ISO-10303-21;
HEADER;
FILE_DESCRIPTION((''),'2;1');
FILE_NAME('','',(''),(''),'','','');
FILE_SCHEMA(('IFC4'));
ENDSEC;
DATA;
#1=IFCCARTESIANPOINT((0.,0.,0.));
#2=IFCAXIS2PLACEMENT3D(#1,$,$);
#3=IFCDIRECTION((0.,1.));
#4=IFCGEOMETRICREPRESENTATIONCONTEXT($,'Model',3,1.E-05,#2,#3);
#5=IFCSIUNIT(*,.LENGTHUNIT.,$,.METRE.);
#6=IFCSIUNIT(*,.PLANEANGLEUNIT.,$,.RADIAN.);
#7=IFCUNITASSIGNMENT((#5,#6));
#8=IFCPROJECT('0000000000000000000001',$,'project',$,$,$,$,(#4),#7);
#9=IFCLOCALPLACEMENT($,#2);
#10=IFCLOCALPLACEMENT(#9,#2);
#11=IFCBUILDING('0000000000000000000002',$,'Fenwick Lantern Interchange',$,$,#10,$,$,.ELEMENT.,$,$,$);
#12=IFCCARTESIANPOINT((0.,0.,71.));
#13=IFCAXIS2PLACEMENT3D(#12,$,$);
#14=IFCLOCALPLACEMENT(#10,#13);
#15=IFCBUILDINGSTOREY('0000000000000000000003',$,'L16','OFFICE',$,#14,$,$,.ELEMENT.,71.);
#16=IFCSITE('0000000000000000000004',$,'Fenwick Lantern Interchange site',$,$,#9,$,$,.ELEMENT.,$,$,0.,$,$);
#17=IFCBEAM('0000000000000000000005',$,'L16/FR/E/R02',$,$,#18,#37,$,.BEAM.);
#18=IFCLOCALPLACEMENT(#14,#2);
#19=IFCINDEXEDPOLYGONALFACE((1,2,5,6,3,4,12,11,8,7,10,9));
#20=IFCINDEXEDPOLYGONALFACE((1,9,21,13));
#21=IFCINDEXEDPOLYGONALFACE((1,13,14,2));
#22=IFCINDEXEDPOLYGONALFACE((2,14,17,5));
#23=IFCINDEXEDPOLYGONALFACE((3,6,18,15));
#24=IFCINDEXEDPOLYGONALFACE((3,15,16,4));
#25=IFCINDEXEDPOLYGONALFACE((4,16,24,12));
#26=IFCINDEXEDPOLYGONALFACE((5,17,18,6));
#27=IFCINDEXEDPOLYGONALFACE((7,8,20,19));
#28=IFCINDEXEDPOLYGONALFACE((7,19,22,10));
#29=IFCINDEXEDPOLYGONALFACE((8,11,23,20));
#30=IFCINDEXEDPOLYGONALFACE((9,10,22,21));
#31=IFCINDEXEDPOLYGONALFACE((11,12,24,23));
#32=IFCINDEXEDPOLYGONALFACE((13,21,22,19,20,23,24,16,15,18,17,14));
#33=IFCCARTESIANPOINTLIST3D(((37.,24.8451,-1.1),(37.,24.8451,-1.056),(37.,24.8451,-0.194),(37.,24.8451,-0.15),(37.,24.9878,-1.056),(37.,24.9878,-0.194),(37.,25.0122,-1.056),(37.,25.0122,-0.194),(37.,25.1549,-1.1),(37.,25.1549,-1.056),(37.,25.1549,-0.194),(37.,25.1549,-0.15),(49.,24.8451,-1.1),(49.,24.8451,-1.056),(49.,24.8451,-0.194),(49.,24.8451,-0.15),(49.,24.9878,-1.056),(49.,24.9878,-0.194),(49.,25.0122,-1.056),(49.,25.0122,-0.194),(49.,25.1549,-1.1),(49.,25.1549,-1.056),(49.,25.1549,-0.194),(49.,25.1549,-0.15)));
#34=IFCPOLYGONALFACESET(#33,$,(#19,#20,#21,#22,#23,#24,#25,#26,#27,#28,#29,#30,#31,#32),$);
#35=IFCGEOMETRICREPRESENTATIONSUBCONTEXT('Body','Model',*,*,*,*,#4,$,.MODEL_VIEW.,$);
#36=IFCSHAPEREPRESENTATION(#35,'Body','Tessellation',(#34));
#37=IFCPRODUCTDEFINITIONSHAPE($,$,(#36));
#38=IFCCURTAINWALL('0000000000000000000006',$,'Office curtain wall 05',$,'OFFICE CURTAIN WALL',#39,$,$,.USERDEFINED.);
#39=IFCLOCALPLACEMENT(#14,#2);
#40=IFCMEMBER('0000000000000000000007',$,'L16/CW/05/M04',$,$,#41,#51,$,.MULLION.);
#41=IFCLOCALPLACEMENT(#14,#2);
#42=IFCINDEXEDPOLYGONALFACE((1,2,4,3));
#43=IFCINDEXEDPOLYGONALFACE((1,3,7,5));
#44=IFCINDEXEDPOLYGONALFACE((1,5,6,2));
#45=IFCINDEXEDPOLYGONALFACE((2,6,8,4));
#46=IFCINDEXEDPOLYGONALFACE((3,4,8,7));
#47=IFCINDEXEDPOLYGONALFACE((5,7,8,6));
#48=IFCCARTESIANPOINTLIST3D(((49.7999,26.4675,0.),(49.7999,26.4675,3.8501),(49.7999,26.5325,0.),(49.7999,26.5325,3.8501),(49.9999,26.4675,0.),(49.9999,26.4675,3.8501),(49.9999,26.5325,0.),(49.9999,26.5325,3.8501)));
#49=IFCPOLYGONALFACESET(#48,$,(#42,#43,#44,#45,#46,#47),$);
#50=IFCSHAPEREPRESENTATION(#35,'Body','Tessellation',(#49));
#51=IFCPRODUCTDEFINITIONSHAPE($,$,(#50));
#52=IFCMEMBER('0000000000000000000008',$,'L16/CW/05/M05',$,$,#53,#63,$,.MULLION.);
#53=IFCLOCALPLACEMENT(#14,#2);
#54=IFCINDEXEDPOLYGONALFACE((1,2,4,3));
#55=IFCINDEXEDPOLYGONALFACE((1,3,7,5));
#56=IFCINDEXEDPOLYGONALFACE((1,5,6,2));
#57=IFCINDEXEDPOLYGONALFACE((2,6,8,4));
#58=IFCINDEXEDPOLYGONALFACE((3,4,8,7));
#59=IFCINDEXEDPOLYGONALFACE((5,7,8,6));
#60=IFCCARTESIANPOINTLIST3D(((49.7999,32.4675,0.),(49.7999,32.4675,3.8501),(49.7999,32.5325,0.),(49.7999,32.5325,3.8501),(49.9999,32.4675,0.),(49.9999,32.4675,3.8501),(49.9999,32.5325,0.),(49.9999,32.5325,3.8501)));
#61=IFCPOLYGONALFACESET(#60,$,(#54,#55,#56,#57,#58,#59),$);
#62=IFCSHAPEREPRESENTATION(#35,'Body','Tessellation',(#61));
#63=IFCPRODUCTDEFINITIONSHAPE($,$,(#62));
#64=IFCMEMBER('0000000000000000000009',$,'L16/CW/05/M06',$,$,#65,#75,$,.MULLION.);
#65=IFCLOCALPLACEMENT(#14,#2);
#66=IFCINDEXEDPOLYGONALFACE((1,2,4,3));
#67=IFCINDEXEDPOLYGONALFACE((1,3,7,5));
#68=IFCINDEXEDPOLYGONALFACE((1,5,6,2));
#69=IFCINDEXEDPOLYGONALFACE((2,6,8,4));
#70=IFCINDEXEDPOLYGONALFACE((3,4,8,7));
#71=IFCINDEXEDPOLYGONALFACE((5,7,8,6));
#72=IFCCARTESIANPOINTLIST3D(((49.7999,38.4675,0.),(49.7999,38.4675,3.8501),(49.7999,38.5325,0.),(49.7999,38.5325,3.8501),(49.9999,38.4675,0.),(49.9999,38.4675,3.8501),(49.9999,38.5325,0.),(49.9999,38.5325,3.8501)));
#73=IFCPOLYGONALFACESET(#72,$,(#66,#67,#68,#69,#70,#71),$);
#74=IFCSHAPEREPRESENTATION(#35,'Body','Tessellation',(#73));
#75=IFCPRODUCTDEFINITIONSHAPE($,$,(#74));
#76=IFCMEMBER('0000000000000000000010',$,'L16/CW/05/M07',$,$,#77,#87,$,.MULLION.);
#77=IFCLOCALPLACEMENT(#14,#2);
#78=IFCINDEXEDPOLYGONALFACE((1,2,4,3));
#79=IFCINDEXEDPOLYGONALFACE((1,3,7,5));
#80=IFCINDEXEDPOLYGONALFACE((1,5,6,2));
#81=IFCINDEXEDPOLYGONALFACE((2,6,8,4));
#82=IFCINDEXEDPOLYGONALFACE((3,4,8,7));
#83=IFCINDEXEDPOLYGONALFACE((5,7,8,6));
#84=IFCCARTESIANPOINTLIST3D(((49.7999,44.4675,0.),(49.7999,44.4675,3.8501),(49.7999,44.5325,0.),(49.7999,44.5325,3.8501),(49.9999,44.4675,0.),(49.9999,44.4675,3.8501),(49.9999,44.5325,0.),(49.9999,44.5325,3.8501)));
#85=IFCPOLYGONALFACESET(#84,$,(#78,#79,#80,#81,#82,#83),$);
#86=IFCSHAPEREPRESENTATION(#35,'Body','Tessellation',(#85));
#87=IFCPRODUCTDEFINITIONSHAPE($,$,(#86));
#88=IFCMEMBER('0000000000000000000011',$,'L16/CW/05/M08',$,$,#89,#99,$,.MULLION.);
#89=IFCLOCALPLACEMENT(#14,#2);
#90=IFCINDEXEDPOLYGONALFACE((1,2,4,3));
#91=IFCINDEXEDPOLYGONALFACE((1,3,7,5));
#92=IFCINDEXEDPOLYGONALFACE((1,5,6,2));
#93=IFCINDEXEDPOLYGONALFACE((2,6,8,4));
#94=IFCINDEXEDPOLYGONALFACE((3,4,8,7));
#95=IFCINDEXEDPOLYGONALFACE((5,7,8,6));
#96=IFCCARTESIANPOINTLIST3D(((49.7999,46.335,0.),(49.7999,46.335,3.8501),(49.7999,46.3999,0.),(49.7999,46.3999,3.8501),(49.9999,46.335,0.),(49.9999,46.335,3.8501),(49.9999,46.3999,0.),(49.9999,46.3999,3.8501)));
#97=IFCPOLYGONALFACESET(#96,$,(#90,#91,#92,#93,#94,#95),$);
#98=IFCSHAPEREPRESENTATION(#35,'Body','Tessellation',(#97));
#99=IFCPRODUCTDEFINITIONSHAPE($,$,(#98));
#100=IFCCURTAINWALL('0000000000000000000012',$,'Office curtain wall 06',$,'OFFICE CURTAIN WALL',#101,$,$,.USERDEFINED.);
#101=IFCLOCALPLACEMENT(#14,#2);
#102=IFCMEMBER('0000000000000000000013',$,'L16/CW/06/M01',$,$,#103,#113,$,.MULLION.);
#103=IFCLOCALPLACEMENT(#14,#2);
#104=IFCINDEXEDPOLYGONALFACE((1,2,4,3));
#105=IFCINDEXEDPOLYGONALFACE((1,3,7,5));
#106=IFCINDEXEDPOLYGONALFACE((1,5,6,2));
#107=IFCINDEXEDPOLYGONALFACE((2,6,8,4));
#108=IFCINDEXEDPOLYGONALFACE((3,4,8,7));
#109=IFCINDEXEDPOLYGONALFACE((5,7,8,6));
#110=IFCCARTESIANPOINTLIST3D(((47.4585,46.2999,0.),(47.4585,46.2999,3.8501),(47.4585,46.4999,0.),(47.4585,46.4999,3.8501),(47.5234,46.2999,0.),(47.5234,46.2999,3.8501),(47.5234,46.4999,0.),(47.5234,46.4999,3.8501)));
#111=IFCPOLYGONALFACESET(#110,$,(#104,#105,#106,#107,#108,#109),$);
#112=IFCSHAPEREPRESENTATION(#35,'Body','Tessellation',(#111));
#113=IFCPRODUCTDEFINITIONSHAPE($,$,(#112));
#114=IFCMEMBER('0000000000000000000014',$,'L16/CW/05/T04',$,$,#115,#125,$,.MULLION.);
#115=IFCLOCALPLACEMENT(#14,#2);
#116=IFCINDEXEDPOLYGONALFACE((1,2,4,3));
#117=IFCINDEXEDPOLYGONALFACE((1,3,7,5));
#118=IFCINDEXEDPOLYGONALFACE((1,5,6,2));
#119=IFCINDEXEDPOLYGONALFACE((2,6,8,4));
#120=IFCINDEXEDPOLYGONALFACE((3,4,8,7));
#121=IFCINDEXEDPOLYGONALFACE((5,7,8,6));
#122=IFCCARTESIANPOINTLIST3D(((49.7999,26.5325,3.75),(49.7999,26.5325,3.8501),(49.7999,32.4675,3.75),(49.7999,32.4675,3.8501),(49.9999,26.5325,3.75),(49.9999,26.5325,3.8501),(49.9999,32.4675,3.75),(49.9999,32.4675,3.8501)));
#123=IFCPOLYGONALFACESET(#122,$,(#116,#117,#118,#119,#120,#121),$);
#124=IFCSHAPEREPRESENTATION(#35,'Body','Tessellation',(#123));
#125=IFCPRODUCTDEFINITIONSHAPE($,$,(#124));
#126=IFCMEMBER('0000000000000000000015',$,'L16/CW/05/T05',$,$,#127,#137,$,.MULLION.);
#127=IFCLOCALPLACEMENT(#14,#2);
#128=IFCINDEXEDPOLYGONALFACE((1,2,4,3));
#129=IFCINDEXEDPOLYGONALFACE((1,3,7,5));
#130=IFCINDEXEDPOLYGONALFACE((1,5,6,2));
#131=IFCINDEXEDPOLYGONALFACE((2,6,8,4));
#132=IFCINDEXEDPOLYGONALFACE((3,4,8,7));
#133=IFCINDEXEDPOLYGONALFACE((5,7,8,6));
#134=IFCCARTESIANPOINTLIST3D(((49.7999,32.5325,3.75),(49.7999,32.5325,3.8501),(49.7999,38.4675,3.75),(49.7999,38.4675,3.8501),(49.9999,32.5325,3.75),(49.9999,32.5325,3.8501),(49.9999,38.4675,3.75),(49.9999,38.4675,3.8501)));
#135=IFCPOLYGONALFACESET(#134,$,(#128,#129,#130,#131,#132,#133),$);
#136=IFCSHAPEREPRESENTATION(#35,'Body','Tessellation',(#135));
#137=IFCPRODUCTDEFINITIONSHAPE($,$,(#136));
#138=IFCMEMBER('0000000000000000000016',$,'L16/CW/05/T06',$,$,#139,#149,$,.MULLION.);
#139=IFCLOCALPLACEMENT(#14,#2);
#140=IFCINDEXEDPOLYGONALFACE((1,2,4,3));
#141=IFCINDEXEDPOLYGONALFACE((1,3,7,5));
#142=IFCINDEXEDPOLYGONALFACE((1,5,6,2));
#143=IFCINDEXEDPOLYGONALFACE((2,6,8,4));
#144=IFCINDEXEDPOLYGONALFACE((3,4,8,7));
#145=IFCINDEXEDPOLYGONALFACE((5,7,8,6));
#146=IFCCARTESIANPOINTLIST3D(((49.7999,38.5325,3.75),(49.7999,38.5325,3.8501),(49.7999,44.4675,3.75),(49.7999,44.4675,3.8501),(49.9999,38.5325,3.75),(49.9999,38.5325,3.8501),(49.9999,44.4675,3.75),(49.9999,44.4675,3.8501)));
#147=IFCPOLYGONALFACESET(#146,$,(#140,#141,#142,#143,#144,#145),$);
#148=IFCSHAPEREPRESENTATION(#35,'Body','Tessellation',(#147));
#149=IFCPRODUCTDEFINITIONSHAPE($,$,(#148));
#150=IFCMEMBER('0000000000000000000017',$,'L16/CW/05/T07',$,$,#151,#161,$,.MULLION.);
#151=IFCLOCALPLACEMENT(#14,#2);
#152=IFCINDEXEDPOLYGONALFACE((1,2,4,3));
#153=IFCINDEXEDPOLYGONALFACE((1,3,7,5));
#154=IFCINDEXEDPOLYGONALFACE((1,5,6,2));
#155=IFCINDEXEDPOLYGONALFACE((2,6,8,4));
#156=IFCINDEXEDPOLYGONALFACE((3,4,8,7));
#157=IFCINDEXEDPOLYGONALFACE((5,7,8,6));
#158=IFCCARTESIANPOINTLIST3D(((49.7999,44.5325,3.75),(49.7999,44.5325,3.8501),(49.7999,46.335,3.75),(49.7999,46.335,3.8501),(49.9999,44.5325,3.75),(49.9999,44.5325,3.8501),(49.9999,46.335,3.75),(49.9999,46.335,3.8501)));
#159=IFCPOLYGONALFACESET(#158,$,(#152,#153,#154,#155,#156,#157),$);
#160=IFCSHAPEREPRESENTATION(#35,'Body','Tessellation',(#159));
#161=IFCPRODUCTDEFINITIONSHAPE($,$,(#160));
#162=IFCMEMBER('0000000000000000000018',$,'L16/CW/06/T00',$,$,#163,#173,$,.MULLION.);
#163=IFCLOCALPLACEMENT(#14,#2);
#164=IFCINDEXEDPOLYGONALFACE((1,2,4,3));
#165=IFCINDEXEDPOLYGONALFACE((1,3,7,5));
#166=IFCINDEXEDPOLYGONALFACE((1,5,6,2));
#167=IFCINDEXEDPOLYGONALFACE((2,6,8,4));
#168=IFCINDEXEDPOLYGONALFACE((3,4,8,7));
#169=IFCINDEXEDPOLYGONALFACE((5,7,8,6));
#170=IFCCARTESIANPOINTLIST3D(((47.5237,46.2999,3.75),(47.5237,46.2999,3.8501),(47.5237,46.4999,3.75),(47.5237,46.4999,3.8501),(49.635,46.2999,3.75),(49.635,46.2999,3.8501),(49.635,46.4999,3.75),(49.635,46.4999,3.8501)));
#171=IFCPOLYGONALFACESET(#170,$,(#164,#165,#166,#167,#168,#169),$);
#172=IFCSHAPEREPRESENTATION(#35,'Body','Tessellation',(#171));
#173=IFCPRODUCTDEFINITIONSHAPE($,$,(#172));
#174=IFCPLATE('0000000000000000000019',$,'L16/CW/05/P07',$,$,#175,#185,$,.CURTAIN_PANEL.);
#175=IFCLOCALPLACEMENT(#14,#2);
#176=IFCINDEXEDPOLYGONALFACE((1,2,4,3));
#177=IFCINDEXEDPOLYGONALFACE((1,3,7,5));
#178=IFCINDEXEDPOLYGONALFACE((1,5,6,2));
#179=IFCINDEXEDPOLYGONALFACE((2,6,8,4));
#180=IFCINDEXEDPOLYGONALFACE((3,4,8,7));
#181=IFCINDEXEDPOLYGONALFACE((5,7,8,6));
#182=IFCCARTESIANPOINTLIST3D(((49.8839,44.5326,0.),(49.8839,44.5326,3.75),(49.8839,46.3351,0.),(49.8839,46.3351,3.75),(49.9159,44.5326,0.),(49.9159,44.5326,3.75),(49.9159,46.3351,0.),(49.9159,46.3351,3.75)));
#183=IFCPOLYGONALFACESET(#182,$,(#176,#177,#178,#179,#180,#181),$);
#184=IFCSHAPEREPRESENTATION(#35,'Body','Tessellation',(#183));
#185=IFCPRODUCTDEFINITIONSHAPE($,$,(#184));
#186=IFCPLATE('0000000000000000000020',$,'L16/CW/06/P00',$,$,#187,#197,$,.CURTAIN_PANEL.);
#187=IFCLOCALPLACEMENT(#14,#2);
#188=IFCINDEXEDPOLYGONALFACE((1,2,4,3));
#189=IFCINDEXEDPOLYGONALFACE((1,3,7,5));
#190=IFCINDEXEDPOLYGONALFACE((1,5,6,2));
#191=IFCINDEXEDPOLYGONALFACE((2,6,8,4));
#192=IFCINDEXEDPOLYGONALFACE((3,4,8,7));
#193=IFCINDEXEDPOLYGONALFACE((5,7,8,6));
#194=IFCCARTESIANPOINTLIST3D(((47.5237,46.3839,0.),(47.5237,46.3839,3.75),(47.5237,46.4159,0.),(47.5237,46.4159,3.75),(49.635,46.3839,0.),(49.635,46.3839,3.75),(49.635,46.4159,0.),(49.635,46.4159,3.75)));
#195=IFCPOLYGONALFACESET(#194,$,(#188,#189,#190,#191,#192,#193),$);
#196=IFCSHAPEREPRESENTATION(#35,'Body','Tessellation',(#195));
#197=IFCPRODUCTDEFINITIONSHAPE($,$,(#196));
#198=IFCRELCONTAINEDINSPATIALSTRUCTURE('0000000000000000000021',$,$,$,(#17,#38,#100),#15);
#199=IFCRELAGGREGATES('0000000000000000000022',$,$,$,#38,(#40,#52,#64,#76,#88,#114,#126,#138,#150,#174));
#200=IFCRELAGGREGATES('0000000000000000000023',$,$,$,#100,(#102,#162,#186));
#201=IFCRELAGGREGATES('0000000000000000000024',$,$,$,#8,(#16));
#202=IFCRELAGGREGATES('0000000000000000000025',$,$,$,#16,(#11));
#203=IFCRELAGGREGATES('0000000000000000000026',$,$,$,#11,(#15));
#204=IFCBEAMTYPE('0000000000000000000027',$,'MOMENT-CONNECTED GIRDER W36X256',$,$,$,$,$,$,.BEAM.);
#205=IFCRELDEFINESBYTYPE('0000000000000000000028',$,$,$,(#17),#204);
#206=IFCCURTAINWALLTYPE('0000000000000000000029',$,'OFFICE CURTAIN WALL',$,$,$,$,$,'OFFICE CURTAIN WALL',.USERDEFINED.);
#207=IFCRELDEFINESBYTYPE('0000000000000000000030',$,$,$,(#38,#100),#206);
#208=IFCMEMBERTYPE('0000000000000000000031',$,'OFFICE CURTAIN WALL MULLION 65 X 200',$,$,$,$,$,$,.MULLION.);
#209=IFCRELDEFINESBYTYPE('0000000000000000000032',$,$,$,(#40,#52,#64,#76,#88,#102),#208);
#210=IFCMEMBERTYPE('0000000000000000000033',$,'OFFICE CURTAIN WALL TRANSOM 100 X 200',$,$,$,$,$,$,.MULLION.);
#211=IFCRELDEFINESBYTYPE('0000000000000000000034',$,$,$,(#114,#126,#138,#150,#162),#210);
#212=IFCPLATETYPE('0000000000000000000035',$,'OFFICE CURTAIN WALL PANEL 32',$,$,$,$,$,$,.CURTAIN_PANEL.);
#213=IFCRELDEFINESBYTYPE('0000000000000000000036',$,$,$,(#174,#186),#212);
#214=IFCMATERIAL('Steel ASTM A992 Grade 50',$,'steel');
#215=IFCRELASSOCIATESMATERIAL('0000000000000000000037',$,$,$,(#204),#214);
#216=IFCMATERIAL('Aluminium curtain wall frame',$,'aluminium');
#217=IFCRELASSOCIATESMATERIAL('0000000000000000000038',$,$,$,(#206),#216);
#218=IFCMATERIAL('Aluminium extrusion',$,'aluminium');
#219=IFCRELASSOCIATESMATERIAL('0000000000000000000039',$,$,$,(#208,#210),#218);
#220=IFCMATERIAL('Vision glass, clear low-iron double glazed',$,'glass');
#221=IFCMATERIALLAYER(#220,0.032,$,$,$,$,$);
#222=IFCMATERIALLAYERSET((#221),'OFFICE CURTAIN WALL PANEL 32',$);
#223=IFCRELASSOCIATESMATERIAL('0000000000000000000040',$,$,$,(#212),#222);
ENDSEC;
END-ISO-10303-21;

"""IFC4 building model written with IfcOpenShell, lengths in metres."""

from ifc_helpers import new_model, si_unit, direction, frame, origin, origin_2d, place, context, subcontext, project, spatial, rectangle, i_section, extrude, material, layer, layer_set, material_profile, profile_set, type_object, element, aggregate, save


model = new_model("IFC4")

# Units and contexts
model_context = context("Model", 3, precision=1e-05, world=origin(), true_north=direction((0.0, 1.0)))
body_context = subcontext(model_context, "Body", "Model", "MODEL_VIEW")
ifc_project = project(units=[si_unit("LENGTHUNIT", "METRE"), si_unit("PLANEANGLEUNIT", "RADIAN")], contexts=[model_context])

# Site, building, storey
site_placement = place(None, origin())
site = spatial("IfcSite", under=ifc_project, at=site_placement, Name="Fenwick Lantern Interchange site", CompositionType="ELEMENT", RefElevation=0.0)
building_placement = place(site_placement, origin())
building = spatial("IfcBuilding", under=site, at=building_placement, Name="Fenwick Lantern Interchange", CompositionType="ELEMENT")
storey_placement = place(building_placement, frame((0.0, 0.0, 71.0)))
storey = spatial("IfcBuildingStorey", under=building, at=storey_placement, Name="L16", Description="OFFICE", CompositionType="ELEMENT", Elevation=71.0)

# Beam
ifc_material_1 = material(Name="Steel ASTM A992 Grade 50", Category="steel")
ifc_material_profile_1 = material_profile(ifc_material_1, i_section(OverallWidth=0.3098, OverallDepth=0.95, WebThickness=0.0244, FlangeThickness=0.0439, at=origin_2d()), Name="W36X256")
ifc_profile_set_1 = profile_set([ifc_material_profile_1], Name="Steel ASTM A992 Grade 50")
beam_type_1 = type_object("IfcBeamType", Name="MOMENT-CONNECTED GIRDER W36X256", PredefinedType="BEAM", material=ifc_profile_set_1)
beam_1_placement = place(storey_placement, frame((49.0, 25.0, -0.625), z_axis=(-1.0, 0.0, 0.0), x_axis=(0.0, -1.0, 0.0)))
element("IfcBeam", 1, at=beam_1_placement, inside=storey, type_object=beam_type_1, Name="L16/FR/E/R02", PredefinedType="BEAM", context=body_context, shape_type="SweptSolid", body=[
    extrude(i_section(OverallWidth=0.3098, OverallDepth=0.95, WebThickness=0.0244, FlangeThickness=0.0439, at=origin_2d()), origin(), (0.0, 0.0, 1.0), 12.0),
])

# Curtain wall, members
ifc_material_2 = material(Name="Aluminium curtain wall frame", Category="aluminium")
curtain_wall_type = type_object("IfcCurtainWallType", Name="OFFICE CURTAIN WALL", ElementType="OFFICE CURTAIN WALL", PredefinedType="USERDEFINED", material=ifc_material_2)
curtain_wall_1_placement = place(storey_placement, origin())
curtain_wall_1 = element("IfcCurtainWall", 2, at=curtain_wall_1_placement, inside=storey, type_object=curtain_wall_type, Name="Office curtain wall 05", ObjectType="OFFICE CURTAIN WALL", PredefinedType="USERDEFINED")
ifc_material_3 = material(Name="Aluminium extrusion", Category="aluminium")
ifc_material_profile_2 = material_profile(ifc_material_3, rectangle(XDim=0.2, YDim=0.0649, at=origin_2d()), Name="OFFICE CURTAIN WALL MULLION 65 X 200")
ifc_profile_set_2 = profile_set([ifc_material_profile_2], Name="Aluminium extrusion")
member_type_1 = type_object("IfcMemberType", Name="OFFICE CURTAIN WALL MULLION 65 X 200", PredefinedType="MULLION", material=ifc_profile_set_2)
member_1_placement = place(storey_placement, frame((49.8999, 26.5, 0.0), z_axis=(0.0, 0.0, 1.0), x_axis=(-1.0, 0.0, 0.0)))
member_1 = element("IfcMember", 3, at=member_1_placement, type_object=member_type_1, Name="L16/CW/05/M04", PredefinedType="MULLION", context=body_context, shape_type="SweptSolid", body=[
    extrude(rectangle(XDim=0.2, YDim=0.0649, at=origin_2d()), origin(), (0.0, 0.0, 1.0), 3.8501),
])
member_2_placement = place(storey_placement, frame((49.8999, 32.5, 0.0), z_axis=(0.0, 0.0, 1.0), x_axis=(-1.0, 0.0, 0.0)))
member_2 = element("IfcMember", 4, at=member_2_placement, type_object=member_type_1, Name="L16/CW/05/M05", PredefinedType="MULLION", context=body_context, shape_type="SweptSolid", body=[
    extrude(rectangle(XDim=0.2, YDim=0.0649, at=origin_2d()), origin(), (0.0, 0.0, 1.0), 3.8501),
])
member_3_placement = place(storey_placement, frame((49.8999, 38.5, 0.0), z_axis=(0.0, 0.0, 1.0), x_axis=(-1.0, 0.0, 0.0)))
member_3 = element("IfcMember", 5, at=member_3_placement, type_object=member_type_1, Name="L16/CW/05/M06", PredefinedType="MULLION", context=body_context, shape_type="SweptSolid", body=[
    extrude(rectangle(XDim=0.2, YDim=0.0649, at=origin_2d()), origin(), (0.0, 0.0, 1.0), 3.8501),
])
member_4_placement = place(storey_placement, frame((49.8999, 44.5, 0.0), z_axis=(0.0, 0.0, 1.0), x_axis=(-1.0, 0.0, 0.0)))
member_4 = element("IfcMember", 6, at=member_4_placement, type_object=member_type_1, Name="L16/CW/05/M07", PredefinedType="MULLION", context=body_context, shape_type="SweptSolid", body=[
    extrude(rectangle(XDim=0.2, YDim=0.0649, at=origin_2d()), origin(), (0.0, 0.0, 1.0), 3.8501),
])
member_5_placement = place(storey_placement, frame((49.8999, 46.3674, 0.0), z_axis=(0.0, 0.0, 1.0), x_axis=(-1.0, 0.0, 0.0)))
member_5 = element("IfcMember", 7, at=member_5_placement, type_object=member_type_1, Name="L16/CW/05/M08", PredefinedType="MULLION", context=body_context, shape_type="SweptSolid", body=[
    extrude(rectangle(XDim=0.2, YDim=0.0649, at=origin_2d()), origin(), (0.0, 0.0, 1.0), 3.8501),
])

# Curtain wall, member
curtain_wall_2_placement = place(storey_placement, origin())
curtain_wall_2 = element("IfcCurtainWall", 8, at=curtain_wall_2_placement, inside=storey, type_object=curtain_wall_type, Name="Office curtain wall 06", ObjectType="OFFICE CURTAIN WALL", PredefinedType="USERDEFINED")
member_6_placement = place(storey_placement, frame((47.491, 46.3999, 0.0), z_axis=(0.0, 0.0, 1.0), x_axis=(0.0, -1.0, 0.0)))
member_6 = element("IfcMember", 9, at=member_6_placement, type_object=member_type_1, Name="L16/CW/06/M01", PredefinedType="MULLION", context=body_context, shape_type="SweptSolid", body=[
    extrude(rectangle(XDim=0.2, YDim=0.0649, at=origin_2d()), origin(), (0.0, 0.0, 1.0), 3.8501),
])

# Members
ifc_material_profile_3 = material_profile(ifc_material_3, rectangle(XDim=0.2, YDim=0.1001, at=origin_2d()), Name="OFFICE CURTAIN WALL TRANSOM 100 X 200")
ifc_profile_set_3 = profile_set([ifc_material_profile_3], Name="Aluminium extrusion")
member_type_2 = type_object("IfcMemberType", Name="OFFICE CURTAIN WALL TRANSOM 100 X 200", PredefinedType="MULLION", material=ifc_profile_set_3)
member_7_placement = place(storey_placement, frame((49.8999, 26.5325, 3.8), z_axis=(0.0, 1.0, 0.0), x_axis=(-1.0, 0.0, 0.0)))
member_7 = element("IfcMember", 10, at=member_7_placement, type_object=member_type_2, Name="L16/CW/05/T04", PredefinedType="MULLION", context=body_context, shape_type="SweptSolid", body=[
    extrude(rectangle(XDim=0.2, YDim=0.1001, at=origin_2d()), origin(), (0.0, 0.0, 1.0), 5.9351),
])
member_8_placement = place(storey_placement, frame((49.8999, 32.5325, 3.8), z_axis=(0.0, 1.0, 0.0), x_axis=(-1.0, 0.0, 0.0)))
member_8 = element("IfcMember", 11, at=member_8_placement, type_object=member_type_2, Name="L16/CW/05/T05", PredefinedType="MULLION", context=body_context, shape_type="SweptSolid", body=[
    extrude(rectangle(XDim=0.2, YDim=0.1001, at=origin_2d()), origin(), (0.0, 0.0, 1.0), 5.9351),
])
member_9_placement = place(storey_placement, frame((49.8999, 38.5325, 3.8), z_axis=(0.0, 1.0, 0.0), x_axis=(-1.0, 0.0, 0.0)))
member_9 = element("IfcMember", 12, at=member_9_placement, type_object=member_type_2, Name="L16/CW/05/T06", PredefinedType="MULLION", context=body_context, shape_type="SweptSolid", body=[
    extrude(rectangle(XDim=0.2, YDim=0.1001, at=origin_2d()), origin(), (0.0, 0.0, 1.0), 5.9351),
])
member_10_placement = place(storey_placement, frame((49.8999, 44.5325, 3.8), z_axis=(0.0, 1.0, 0.0), x_axis=(-1.0, 0.0, 0.0)))
member_10 = element("IfcMember", 13, at=member_10_placement, type_object=member_type_2, Name="L16/CW/05/T07", PredefinedType="MULLION", context=body_context, shape_type="SweptSolid", body=[
    extrude(rectangle(XDim=0.2, YDim=0.1001, at=origin_2d()), origin(), (0.0, 0.0, 1.0), 1.8025),
])
member_11_placement = place(storey_placement, frame((49.635, 46.3999, 3.8), z_axis=(-1.0, 0.0, 0.0), x_axis=(0.0, -1.0, 0.0)))
member_11 = element("IfcMember", 14, at=member_11_placement, type_object=member_type_2, Name="L16/CW/06/T00", PredefinedType="MULLION", context=body_context, shape_type="SweptSolid", body=[
    extrude(rectangle(XDim=0.2, YDim=0.1001, at=origin_2d()), origin(), (0.0, 0.0, 1.0), 2.1113),
])

# Plates
ifc_material_4 = material(Name="Vision glass, clear low-iron double glazed", Category="glass")
ifc_layer_1 = layer(ifc_material_4, 0.032)
ifc_layer_set_1 = layer_set([ifc_layer_1], Name="OFFICE CURTAIN WALL PANEL 32")
plate_type = type_object("IfcPlateType", Name="OFFICE CURTAIN WALL PANEL 32", PredefinedType="CURTAIN_PANEL", material=ifc_layer_set_1)
plate_1_placement = place(storey_placement, frame((49.8999, 45.4338, 0.0), z_axis=(0.0, 0.0, 1.0), x_axis=(0.0, 1.0, 0.0)))
plate_1 = element("IfcPlate", 15, at=plate_1_placement, type_object=plate_type, Name="L16/CW/05/P07", PredefinedType="CURTAIN_PANEL", context=body_context, shape_type="SweptSolid", body=[
    extrude(rectangle(XDim=1.8025, YDim=0.032, at=origin_2d()), origin(), (0.0, 0.0, 1.0), 3.75),
])
aggregate(curtain_wall_1, [member_1, member_2, member_3, member_4, member_5, member_7, member_8, member_9, member_10, plate_1])
plate_2_placement = place(storey_placement, frame((48.5793, 46.3999, 0.0), z_axis=(0.0, 0.0, 1.0), x_axis=(-1.0, 0.0, 0.0)))
plate_2 = element("IfcPlate", 16, at=plate_2_placement, type_object=plate_type, Name="L16/CW/06/P00", PredefinedType="CURTAIN_PANEL", context=body_context, shape_type="SweptSolid", body=[
    extrude(rectangle(XDim=2.1113, YDim=0.032, at=origin_2d()), origin(), (0.0, 0.0, 1.0), 3.75),
])
aggregate(curtain_wall_2, [member_6, member_11, plate_2])

save(model, "model.ifc")
